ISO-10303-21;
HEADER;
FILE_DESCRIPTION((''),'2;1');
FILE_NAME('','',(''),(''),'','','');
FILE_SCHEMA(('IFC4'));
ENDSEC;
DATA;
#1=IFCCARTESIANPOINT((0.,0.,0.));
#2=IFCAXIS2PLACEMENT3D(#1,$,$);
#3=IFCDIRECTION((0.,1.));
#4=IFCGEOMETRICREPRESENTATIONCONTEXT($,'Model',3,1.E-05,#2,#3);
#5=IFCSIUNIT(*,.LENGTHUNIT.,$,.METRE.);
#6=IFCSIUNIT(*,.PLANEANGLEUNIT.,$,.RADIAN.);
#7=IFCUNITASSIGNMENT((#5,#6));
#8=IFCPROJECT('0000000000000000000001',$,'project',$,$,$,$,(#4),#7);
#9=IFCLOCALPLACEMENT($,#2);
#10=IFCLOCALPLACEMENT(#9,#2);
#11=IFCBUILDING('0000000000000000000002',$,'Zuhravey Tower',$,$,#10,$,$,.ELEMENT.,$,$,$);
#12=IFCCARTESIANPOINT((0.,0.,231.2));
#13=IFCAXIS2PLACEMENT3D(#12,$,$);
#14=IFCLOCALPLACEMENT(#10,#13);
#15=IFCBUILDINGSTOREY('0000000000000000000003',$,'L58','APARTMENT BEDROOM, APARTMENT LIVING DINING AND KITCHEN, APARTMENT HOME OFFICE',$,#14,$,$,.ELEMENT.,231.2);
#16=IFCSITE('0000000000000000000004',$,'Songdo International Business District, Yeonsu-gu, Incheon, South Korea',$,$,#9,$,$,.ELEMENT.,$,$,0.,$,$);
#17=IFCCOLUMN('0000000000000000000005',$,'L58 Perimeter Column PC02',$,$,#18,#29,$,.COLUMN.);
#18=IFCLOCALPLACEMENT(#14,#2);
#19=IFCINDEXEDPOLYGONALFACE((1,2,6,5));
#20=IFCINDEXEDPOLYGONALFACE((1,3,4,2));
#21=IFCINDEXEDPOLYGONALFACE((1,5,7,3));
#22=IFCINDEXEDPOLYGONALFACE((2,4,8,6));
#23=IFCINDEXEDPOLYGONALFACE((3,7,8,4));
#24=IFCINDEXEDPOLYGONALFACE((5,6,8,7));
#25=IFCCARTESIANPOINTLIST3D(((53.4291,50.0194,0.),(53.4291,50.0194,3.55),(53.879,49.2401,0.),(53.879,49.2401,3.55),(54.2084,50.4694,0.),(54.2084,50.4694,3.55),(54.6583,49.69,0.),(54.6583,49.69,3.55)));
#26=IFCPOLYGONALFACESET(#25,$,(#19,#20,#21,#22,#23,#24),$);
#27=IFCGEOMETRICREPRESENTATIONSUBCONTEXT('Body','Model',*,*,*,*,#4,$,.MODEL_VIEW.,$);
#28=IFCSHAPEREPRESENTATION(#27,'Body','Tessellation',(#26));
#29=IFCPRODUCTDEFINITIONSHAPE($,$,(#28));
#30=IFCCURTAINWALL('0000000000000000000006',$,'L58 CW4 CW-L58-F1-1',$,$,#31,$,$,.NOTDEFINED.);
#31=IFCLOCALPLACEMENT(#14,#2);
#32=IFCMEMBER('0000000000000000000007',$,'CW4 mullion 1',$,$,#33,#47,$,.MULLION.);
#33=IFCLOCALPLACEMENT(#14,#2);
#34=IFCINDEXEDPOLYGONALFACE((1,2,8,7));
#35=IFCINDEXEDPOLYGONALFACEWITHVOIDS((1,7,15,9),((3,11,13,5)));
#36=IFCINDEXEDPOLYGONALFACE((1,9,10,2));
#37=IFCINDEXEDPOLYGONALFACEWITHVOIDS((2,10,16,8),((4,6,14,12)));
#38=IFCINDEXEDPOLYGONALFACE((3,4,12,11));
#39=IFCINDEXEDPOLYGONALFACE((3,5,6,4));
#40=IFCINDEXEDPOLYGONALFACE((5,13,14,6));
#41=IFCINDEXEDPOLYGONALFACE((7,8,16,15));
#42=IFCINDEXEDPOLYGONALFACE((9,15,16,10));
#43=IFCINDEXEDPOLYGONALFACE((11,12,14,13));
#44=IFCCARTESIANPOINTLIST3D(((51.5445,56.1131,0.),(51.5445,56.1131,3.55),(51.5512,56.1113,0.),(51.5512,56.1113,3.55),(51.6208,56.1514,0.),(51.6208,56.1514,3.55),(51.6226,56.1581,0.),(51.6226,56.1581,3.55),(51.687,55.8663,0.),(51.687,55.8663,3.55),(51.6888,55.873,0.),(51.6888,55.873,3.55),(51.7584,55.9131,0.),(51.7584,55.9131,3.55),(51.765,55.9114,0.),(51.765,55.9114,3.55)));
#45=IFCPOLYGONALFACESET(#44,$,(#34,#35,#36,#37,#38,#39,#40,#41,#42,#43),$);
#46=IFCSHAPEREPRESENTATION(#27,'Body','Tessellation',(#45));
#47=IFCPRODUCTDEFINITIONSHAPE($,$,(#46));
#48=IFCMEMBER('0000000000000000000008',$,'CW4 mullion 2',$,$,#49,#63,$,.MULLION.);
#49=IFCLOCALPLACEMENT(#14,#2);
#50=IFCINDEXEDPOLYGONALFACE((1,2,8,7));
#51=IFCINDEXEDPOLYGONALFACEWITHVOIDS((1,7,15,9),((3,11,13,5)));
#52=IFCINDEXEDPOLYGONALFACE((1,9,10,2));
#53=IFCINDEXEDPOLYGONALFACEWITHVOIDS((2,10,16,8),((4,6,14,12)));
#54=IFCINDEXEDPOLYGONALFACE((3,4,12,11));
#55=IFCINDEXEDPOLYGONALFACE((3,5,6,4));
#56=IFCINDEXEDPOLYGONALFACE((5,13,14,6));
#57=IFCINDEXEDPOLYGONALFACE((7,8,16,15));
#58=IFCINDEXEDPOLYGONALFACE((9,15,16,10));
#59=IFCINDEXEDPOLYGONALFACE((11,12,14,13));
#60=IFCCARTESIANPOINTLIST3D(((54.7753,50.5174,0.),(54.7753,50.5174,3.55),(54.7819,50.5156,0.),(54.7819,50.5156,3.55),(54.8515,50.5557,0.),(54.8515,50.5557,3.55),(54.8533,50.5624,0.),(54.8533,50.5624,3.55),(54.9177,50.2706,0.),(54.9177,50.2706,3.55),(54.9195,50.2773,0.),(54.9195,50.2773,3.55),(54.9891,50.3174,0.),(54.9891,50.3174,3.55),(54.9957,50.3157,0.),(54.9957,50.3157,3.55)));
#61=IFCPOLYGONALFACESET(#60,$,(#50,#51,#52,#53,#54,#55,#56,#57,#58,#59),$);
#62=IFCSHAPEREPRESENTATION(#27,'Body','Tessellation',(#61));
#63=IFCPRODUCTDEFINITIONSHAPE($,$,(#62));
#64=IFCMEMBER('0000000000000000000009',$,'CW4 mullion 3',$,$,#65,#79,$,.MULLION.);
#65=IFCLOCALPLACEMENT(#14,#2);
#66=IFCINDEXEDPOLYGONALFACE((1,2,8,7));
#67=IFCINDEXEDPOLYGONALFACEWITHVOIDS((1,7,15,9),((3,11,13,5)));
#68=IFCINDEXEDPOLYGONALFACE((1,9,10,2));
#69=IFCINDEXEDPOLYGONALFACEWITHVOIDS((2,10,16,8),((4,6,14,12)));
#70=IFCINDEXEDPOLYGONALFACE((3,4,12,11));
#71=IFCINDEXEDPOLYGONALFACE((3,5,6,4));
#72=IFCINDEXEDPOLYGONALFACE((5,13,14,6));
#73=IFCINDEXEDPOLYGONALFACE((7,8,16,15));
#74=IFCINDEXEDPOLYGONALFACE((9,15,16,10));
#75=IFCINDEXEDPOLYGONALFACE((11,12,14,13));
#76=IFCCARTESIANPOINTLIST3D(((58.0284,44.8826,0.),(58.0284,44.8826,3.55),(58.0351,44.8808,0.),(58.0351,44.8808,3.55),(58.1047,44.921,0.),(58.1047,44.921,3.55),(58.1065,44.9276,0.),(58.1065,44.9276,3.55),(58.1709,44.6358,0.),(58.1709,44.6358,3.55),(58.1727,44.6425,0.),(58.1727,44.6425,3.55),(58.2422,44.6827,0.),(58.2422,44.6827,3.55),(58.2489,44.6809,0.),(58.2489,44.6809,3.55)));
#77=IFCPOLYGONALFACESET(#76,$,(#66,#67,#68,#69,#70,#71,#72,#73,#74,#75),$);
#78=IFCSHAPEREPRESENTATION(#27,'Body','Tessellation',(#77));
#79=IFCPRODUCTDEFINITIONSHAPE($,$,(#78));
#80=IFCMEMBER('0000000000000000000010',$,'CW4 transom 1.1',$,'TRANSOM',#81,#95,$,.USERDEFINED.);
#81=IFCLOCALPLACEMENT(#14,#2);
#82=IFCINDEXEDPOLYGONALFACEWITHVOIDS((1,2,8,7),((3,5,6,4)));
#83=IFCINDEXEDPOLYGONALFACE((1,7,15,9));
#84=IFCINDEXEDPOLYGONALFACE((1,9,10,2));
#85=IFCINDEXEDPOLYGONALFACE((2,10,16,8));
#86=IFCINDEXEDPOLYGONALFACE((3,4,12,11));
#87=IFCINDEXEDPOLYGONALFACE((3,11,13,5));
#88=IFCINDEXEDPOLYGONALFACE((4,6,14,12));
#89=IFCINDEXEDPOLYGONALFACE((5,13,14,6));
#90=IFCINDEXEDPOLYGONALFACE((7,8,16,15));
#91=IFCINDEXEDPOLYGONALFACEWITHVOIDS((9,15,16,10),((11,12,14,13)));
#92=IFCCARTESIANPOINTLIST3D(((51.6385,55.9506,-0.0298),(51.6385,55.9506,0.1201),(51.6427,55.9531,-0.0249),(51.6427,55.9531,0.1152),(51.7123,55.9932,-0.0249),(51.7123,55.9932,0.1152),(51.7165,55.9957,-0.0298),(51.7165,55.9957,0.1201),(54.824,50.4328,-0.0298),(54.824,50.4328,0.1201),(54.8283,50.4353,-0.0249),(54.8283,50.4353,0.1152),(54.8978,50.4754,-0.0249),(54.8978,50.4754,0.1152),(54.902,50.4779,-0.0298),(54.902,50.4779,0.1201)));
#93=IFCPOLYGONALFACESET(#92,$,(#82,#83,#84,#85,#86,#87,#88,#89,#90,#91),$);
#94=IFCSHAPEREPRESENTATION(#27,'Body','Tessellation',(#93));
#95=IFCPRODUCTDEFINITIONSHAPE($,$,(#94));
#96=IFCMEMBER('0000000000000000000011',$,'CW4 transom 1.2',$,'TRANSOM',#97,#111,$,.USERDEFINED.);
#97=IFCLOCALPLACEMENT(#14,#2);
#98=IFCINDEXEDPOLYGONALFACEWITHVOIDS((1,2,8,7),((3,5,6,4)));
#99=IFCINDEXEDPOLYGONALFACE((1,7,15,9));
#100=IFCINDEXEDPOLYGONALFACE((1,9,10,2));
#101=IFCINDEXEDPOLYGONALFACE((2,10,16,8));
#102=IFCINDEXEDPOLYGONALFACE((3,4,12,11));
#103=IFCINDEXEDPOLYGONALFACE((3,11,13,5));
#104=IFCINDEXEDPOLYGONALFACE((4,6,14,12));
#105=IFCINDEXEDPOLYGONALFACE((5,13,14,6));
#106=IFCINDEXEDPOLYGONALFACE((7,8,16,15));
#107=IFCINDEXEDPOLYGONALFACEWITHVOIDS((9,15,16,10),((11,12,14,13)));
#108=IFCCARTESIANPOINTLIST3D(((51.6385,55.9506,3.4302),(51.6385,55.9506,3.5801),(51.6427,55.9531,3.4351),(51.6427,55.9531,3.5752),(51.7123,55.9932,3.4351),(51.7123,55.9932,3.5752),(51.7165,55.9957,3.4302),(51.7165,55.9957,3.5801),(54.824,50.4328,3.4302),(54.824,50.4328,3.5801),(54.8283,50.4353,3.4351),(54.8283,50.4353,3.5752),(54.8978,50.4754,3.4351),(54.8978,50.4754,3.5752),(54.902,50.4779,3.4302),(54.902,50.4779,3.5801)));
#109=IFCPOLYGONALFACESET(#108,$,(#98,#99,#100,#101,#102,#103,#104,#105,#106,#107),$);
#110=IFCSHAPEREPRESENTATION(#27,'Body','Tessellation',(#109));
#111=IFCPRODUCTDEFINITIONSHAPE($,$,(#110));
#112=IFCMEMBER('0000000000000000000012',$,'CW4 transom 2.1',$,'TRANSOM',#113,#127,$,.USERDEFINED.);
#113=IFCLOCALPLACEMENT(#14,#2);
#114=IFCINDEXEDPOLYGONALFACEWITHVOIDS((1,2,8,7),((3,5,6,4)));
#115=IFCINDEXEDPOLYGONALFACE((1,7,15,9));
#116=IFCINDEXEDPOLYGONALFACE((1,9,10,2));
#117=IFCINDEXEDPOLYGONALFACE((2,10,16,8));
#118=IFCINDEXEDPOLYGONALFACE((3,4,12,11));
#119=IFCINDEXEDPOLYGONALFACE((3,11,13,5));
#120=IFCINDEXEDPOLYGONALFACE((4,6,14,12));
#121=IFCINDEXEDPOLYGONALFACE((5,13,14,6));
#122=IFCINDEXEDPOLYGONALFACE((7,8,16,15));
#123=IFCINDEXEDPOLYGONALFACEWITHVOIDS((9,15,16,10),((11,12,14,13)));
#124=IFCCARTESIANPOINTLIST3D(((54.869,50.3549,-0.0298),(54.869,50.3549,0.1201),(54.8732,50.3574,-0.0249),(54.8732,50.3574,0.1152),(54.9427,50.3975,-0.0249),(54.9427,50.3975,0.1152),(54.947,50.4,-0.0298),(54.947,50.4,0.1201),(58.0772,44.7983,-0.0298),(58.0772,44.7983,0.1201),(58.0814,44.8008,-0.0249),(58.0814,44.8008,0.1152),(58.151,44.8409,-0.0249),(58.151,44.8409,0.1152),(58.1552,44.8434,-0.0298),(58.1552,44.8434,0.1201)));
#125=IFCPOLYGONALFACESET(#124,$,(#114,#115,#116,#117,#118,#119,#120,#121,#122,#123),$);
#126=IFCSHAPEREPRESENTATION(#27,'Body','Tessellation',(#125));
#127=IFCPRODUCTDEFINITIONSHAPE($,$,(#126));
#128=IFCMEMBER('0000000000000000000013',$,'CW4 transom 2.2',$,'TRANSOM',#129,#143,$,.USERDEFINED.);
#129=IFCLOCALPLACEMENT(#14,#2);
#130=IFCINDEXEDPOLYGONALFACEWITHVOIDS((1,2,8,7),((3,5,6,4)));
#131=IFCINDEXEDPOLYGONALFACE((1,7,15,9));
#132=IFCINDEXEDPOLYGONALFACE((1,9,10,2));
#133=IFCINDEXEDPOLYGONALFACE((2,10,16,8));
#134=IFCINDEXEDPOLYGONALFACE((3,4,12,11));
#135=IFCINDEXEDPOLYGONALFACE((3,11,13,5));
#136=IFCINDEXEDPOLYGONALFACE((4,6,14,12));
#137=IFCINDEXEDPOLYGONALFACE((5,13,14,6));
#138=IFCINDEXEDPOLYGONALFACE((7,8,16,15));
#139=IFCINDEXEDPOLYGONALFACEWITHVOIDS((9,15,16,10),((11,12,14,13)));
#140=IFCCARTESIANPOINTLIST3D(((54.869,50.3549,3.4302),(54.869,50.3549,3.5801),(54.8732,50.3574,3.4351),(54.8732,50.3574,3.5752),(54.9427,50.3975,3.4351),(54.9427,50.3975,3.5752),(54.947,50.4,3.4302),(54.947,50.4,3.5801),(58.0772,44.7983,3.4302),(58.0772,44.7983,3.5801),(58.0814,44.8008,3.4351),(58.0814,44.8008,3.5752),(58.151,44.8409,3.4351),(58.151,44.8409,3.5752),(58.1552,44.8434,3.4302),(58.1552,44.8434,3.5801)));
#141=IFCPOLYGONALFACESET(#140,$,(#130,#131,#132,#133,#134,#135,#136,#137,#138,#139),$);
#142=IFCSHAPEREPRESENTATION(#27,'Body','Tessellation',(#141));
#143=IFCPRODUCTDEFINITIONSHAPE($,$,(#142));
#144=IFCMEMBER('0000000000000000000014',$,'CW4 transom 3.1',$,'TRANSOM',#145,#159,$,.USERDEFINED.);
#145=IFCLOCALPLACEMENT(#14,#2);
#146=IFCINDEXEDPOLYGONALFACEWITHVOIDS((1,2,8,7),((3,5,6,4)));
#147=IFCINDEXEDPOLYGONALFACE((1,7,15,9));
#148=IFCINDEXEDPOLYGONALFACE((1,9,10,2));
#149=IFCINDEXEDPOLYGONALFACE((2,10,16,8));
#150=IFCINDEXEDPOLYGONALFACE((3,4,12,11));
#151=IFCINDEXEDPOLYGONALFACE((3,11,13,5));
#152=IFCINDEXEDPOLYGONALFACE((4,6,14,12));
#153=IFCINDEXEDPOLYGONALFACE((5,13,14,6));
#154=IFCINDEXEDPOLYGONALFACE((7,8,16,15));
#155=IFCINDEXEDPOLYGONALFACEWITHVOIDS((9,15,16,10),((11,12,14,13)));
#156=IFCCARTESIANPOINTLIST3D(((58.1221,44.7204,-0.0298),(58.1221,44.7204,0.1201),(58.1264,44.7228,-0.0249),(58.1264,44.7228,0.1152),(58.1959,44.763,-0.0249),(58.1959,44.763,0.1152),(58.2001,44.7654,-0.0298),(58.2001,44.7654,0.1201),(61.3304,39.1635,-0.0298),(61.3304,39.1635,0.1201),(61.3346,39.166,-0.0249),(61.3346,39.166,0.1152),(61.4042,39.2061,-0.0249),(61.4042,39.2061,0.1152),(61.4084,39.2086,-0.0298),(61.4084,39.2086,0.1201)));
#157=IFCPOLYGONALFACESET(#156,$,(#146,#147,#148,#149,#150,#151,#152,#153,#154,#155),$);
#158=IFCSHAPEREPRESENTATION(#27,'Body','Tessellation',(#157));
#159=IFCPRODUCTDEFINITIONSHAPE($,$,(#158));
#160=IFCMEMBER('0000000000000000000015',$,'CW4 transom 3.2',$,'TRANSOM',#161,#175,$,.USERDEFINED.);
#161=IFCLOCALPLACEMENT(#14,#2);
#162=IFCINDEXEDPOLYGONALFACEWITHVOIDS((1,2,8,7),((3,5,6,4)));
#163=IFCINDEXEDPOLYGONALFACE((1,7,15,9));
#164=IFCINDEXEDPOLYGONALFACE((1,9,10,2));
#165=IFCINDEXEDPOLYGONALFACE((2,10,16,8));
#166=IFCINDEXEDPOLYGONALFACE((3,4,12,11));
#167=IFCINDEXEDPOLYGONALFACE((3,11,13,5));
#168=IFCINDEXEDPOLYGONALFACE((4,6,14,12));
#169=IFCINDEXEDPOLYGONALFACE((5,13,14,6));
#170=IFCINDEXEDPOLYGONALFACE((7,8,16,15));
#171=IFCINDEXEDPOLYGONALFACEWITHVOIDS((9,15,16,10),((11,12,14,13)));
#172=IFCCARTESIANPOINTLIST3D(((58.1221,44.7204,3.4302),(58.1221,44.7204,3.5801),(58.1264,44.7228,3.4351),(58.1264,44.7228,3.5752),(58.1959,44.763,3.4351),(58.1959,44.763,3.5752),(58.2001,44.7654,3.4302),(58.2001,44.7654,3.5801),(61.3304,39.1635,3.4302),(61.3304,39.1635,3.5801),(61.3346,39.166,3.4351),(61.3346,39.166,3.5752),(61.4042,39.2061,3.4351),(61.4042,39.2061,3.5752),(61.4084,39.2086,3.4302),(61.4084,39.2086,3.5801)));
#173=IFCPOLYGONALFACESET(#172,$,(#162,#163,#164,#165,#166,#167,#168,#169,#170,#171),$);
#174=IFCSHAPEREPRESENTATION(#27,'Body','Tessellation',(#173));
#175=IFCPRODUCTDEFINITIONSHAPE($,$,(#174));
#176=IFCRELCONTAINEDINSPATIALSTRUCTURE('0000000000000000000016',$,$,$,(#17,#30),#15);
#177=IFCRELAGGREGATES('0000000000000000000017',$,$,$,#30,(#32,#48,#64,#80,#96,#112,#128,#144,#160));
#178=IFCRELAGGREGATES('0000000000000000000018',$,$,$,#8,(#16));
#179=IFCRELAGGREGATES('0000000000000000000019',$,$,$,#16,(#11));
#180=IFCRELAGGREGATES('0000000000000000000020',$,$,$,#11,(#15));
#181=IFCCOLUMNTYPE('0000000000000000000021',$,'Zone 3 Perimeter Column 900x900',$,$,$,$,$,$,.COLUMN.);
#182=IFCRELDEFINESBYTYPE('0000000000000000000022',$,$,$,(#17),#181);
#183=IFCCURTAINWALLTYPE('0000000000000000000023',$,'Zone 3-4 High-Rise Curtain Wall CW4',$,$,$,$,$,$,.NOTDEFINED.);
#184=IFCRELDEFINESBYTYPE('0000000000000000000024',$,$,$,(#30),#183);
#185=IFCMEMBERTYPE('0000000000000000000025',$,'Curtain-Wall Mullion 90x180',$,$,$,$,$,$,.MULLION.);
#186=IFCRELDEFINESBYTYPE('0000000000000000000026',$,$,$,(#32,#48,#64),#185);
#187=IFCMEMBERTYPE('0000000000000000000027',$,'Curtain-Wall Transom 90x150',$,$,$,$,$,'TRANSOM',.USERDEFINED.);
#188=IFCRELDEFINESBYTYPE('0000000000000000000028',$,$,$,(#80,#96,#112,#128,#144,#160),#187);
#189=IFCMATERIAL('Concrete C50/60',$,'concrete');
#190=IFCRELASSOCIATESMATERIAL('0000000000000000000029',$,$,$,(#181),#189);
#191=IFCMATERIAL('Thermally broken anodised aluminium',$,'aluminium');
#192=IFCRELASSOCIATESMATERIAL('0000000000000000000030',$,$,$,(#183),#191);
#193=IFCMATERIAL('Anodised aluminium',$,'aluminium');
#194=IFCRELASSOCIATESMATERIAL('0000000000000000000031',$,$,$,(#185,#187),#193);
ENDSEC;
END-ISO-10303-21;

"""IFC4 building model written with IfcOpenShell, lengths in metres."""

from ifc_helpers import new_model, si_unit, direction, frame, origin, origin_2d, place, context, subcontext, project, spatial, rectangle, hollow_rectangle, extrude, material, material_profile, profile_set, type_object, element, aggregate, save


model = new_model("IFC4")

# Units and contexts
model_context = context("Model", 3, precision=1e-05, world=origin(), true_north=direction((0.0, 1.0)))
body_context = subcontext(model_context, "Body", "Model", "MODEL_VIEW")
ifc_project = project(units=[si_unit("LENGTHUNIT", "METRE"), si_unit("PLANEANGLEUNIT", "RADIAN")], contexts=[model_context])

# Site, building, storey
site_placement = place(None, origin())
site = spatial("IfcSite", under=ifc_project, at=site_placement, Name="Songdo International Business District, Yeonsu-gu, Incheon, South Korea", CompositionType="ELEMENT", RefElevation=0.0)
building_placement = place(site_placement, origin())
building = spatial("IfcBuilding", under=site, at=building_placement, Name="Zuhravey Tower", CompositionType="ELEMENT")
storey_placement = place(building_placement, frame((0.0, 0.0, 231.2)))
storey = spatial("IfcBuildingStorey", under=building, at=storey_placement, Name="L58", Description="APARTMENT BEDROOM, APARTMENT LIVING DINING AND KITCHEN, APARTMENT HOME OFFICE", CompositionType="ELEMENT", Elevation=231.2)

# Column
ifc_material_1 = material(Name="Concrete C50/60", Category="concrete")
ifc_material_profile_1 = material_profile(ifc_material_1, rectangle(XDim=0.8999, YDim=0.8999, at=origin_2d()), Name="RC-900x900")
ifc_profile_set_1 = profile_set([ifc_material_profile_1], Name="Concrete C50/60")
column_type = type_object("IfcColumnType", Name="Zone 3 Perimeter Column 900x900", PredefinedType="COLUMN", material=ifc_profile_set_1)
column_placement = place(storey_placement, frame((54.0437, 49.8547, 0.0), z_axis=(0.0, 0.0, 1.0), x_axis=(-0.5, 0.866025, 0.0)))
element("IfcColumn", 1, at=column_placement, inside=storey, type_object=column_type, Name="L58 Perimeter Column PC02", PredefinedType="COLUMN", context=body_context, shape_type="SweptSolid", body=[
    extrude(rectangle(XDim=0.8999, YDim=0.8999, at=origin_2d()), origin(), (0.0, 0.0, 1.0), 3.55),
])

# Curtain wall, members
ifc_material_2 = material(Name="Thermally broken anodised aluminium", Category="aluminium")
curtain_wall_type = type_object("IfcCurtainWallType", Name="Zone 3-4 High-Rise Curtain Wall CW4", PredefinedType="NOTDEFINED", material=ifc_material_2)
curtain_wall_placement = place(storey_placement, origin())
curtain_wall = element("IfcCurtainWall", 2, at=curtain_wall_placement, inside=storey, type_object=curtain_wall_type, Name="L58 CW4 CW-L58-F1-1", PredefinedType="NOTDEFINED")
ifc_material_3 = material(Name="Anodised aluminium", Category="aluminium")
ifc_material_profile_2 = material_profile(ifc_material_3, hollow_rectangle(XDim=0.0901, YDim=0.2849, WallThickness=0.0049, at=origin_2d()), Name="ALU-RHS-90x285x5")
ifc_profile_set_2 = profile_set([ifc_material_profile_2], Name="Anodised aluminium")
member_type_1 = type_object("IfcMemberType", Name="Curtain-Wall Mullion 90x180", PredefinedType="MULLION", material=ifc_profile_set_2)
member_1_placement = place(storey_placement, frame((51.6548, 56.0122, 0.0), z_axis=(0.0, 0.0, 1.0), x_axis=(0.866025, 0.500001, 0.0)))
member_1 = element("IfcMember", 3, at=member_1_placement, type_object=member_type_1, Name="CW4 mullion 1", PredefinedType="MULLION", context=body_context, shape_type="SweptSolid", body=[
    extrude(hollow_rectangle(XDim=0.0901, YDim=0.2849, WallThickness=0.0049, at=origin_2d()), origin(), (0.0, 0.0, 1.0), 3.55),
])
member_2_placement = place(storey_placement, frame((54.8855, 50.4165, 0.0), z_axis=(0.0, 0.0, 1.0), x_axis=(0.866025, 0.500001, 0.0)))
member_2 = element("IfcMember", 4, at=member_2_placement, type_object=member_type_1, Name="CW4 mullion 2", PredefinedType="MULLION", context=body_context, shape_type="SweptSolid", body=[
    extrude(hollow_rectangle(XDim=0.0901, YDim=0.2849, WallThickness=0.0049, at=origin_2d()), origin(), (0.0, 0.0, 1.0), 3.55),
])
member_3_placement = place(storey_placement, frame((58.1387, 44.7817, 0.0), z_axis=(0.0, 0.0, 1.0), x_axis=(0.866025, 0.500001, 0.0)))
member_3 = element("IfcMember", 5, at=member_3_placement, type_object=member_type_1, Name="CW4 mullion 3", PredefinedType="MULLION", context=body_context, shape_type="SweptSolid", body=[
    extrude(hollow_rectangle(XDim=0.0901, YDim=0.2849, WallThickness=0.0049, at=origin_2d()), origin(), (0.0, 0.0, 1.0), 3.55),
])
ifc_material_profile_3 = material_profile(ifc_material_3, hollow_rectangle(XDim=0.0901, YDim=0.1499, WallThickness=0.0049, at=origin_2d()), Name="ALU-RHS-90x150x5")
ifc_profile_set_3 = profile_set([ifc_material_profile_3], Name="Anodised aluminium")
member_type_2 = type_object("IfcMemberType", Name="Curtain-Wall Transom 90x150", ElementType="TRANSOM", PredefinedType="USERDEFINED", material=ifc_profile_set_3)
member_4_placement = place(storey_placement, frame((51.6775, 55.9731, 0.0452), z_axis=(0.49998, -0.866037, 0.0), x_axis=(0.866037, 0.49998, 0.0)))
member_4 = element("IfcMember", 6, at=member_4_placement, type_object=member_type_2, Name="CW4 transom 1.1", ObjectType="TRANSOM", PredefinedType="USERDEFINED", context=body_context, shape_type="SweptSolid", body=[
    extrude(hollow_rectangle(XDim=0.0901, YDim=0.1499, WallThickness=0.0049, at=origin_2d()), origin(), (0.0, 0.0, 1.0), 6.3713),
])
member_5_placement = place(storey_placement, frame((51.6775, 55.9731, 3.5051), z_axis=(0.49998, -0.866037, 0.0), x_axis=(0.866037, 0.49998, 0.0)))
member_5 = element("IfcMember", 7, at=member_5_placement, type_object=member_type_2, Name="CW4 transom 1.2", ObjectType="TRANSOM", PredefinedType="USERDEFINED", context=body_context, shape_type="SweptSolid", body=[
    extrude(hollow_rectangle(XDim=0.0901, YDim=0.1499, WallThickness=0.0049, at=origin_2d()), origin(), (0.0, 0.0, 1.0), 6.3713),
])
member_6_placement = place(storey_placement, frame((54.908, 50.3774, 0.0452), z_axis=(0.500014, -0.866017, 0.0), x_axis=(0.866017, 0.500014, 0.0)))
member_6 = element("IfcMember", 8, at=member_6_placement, type_object=member_type_2, Name="CW4 transom 2.1", ObjectType="TRANSOM", PredefinedType="USERDEFINED", context=body_context, shape_type="SweptSolid", body=[
    extrude(hollow_rectangle(XDim=0.0901, YDim=0.1499, WallThickness=0.0049, at=origin_2d()), origin(), (0.0, 0.0, 1.0), 6.4163),
])
member_7_placement = place(storey_placement, frame((54.908, 50.3774, 3.5051), z_axis=(0.500014, -0.866017, 0.0), x_axis=(0.866017, 0.500014, 0.0)))
member_7 = element("IfcMember", 9, at=member_7_placement, type_object=member_type_2, Name="CW4 transom 2.2", ObjectType="TRANSOM", PredefinedType="USERDEFINED", context=body_context, shape_type="SweptSolid", body=[
    extrude(hollow_rectangle(XDim=0.0901, YDim=0.1499, WallThickness=0.0049, at=origin_2d()), origin(), (0.0, 0.0, 1.0), 6.4163),
])
member_8_placement = place(storey_placement, frame((58.1611, 44.7429, 0.0452), z_axis=(0.499998, -0.866027, 0.0), x_axis=(0.866027, 0.499998, 0.0)))
member_8 = element("IfcMember", 10, at=member_8_placement, type_object=member_type_2, Name="CW4 transom 3.1", ObjectType="TRANSOM", PredefinedType="USERDEFINED", context=body_context, shape_type="SweptSolid", body=[
    extrude(hollow_rectangle(XDim=0.0901, YDim=0.1499, WallThickness=0.0049, at=origin_2d()), origin(), (0.0, 0.0, 1.0), 6.4165),
])
member_9_placement = place(storey_placement, frame((58.1611, 44.7429, 3.5051), z_axis=(0.499998, -0.866027, 0.0), x_axis=(0.866027, 0.499998, 0.0)))
member_9 = element("IfcMember", 11, at=member_9_placement, type_object=member_type_2, Name="CW4 transom 3.2", ObjectType="TRANSOM", PredefinedType="USERDEFINED", context=body_context, shape_type="SweptSolid", body=[
    extrude(hollow_rectangle(XDim=0.0901, YDim=0.1499, WallThickness=0.0049, at=origin_2d()), origin(), (0.0, 0.0, 1.0), 6.4165),
])

aggregate(curtain_wall, [member_1, member_2, member_3, member_4, member_5, member_6, member_7, member_8, member_9])

save(model, "model.ifc")
